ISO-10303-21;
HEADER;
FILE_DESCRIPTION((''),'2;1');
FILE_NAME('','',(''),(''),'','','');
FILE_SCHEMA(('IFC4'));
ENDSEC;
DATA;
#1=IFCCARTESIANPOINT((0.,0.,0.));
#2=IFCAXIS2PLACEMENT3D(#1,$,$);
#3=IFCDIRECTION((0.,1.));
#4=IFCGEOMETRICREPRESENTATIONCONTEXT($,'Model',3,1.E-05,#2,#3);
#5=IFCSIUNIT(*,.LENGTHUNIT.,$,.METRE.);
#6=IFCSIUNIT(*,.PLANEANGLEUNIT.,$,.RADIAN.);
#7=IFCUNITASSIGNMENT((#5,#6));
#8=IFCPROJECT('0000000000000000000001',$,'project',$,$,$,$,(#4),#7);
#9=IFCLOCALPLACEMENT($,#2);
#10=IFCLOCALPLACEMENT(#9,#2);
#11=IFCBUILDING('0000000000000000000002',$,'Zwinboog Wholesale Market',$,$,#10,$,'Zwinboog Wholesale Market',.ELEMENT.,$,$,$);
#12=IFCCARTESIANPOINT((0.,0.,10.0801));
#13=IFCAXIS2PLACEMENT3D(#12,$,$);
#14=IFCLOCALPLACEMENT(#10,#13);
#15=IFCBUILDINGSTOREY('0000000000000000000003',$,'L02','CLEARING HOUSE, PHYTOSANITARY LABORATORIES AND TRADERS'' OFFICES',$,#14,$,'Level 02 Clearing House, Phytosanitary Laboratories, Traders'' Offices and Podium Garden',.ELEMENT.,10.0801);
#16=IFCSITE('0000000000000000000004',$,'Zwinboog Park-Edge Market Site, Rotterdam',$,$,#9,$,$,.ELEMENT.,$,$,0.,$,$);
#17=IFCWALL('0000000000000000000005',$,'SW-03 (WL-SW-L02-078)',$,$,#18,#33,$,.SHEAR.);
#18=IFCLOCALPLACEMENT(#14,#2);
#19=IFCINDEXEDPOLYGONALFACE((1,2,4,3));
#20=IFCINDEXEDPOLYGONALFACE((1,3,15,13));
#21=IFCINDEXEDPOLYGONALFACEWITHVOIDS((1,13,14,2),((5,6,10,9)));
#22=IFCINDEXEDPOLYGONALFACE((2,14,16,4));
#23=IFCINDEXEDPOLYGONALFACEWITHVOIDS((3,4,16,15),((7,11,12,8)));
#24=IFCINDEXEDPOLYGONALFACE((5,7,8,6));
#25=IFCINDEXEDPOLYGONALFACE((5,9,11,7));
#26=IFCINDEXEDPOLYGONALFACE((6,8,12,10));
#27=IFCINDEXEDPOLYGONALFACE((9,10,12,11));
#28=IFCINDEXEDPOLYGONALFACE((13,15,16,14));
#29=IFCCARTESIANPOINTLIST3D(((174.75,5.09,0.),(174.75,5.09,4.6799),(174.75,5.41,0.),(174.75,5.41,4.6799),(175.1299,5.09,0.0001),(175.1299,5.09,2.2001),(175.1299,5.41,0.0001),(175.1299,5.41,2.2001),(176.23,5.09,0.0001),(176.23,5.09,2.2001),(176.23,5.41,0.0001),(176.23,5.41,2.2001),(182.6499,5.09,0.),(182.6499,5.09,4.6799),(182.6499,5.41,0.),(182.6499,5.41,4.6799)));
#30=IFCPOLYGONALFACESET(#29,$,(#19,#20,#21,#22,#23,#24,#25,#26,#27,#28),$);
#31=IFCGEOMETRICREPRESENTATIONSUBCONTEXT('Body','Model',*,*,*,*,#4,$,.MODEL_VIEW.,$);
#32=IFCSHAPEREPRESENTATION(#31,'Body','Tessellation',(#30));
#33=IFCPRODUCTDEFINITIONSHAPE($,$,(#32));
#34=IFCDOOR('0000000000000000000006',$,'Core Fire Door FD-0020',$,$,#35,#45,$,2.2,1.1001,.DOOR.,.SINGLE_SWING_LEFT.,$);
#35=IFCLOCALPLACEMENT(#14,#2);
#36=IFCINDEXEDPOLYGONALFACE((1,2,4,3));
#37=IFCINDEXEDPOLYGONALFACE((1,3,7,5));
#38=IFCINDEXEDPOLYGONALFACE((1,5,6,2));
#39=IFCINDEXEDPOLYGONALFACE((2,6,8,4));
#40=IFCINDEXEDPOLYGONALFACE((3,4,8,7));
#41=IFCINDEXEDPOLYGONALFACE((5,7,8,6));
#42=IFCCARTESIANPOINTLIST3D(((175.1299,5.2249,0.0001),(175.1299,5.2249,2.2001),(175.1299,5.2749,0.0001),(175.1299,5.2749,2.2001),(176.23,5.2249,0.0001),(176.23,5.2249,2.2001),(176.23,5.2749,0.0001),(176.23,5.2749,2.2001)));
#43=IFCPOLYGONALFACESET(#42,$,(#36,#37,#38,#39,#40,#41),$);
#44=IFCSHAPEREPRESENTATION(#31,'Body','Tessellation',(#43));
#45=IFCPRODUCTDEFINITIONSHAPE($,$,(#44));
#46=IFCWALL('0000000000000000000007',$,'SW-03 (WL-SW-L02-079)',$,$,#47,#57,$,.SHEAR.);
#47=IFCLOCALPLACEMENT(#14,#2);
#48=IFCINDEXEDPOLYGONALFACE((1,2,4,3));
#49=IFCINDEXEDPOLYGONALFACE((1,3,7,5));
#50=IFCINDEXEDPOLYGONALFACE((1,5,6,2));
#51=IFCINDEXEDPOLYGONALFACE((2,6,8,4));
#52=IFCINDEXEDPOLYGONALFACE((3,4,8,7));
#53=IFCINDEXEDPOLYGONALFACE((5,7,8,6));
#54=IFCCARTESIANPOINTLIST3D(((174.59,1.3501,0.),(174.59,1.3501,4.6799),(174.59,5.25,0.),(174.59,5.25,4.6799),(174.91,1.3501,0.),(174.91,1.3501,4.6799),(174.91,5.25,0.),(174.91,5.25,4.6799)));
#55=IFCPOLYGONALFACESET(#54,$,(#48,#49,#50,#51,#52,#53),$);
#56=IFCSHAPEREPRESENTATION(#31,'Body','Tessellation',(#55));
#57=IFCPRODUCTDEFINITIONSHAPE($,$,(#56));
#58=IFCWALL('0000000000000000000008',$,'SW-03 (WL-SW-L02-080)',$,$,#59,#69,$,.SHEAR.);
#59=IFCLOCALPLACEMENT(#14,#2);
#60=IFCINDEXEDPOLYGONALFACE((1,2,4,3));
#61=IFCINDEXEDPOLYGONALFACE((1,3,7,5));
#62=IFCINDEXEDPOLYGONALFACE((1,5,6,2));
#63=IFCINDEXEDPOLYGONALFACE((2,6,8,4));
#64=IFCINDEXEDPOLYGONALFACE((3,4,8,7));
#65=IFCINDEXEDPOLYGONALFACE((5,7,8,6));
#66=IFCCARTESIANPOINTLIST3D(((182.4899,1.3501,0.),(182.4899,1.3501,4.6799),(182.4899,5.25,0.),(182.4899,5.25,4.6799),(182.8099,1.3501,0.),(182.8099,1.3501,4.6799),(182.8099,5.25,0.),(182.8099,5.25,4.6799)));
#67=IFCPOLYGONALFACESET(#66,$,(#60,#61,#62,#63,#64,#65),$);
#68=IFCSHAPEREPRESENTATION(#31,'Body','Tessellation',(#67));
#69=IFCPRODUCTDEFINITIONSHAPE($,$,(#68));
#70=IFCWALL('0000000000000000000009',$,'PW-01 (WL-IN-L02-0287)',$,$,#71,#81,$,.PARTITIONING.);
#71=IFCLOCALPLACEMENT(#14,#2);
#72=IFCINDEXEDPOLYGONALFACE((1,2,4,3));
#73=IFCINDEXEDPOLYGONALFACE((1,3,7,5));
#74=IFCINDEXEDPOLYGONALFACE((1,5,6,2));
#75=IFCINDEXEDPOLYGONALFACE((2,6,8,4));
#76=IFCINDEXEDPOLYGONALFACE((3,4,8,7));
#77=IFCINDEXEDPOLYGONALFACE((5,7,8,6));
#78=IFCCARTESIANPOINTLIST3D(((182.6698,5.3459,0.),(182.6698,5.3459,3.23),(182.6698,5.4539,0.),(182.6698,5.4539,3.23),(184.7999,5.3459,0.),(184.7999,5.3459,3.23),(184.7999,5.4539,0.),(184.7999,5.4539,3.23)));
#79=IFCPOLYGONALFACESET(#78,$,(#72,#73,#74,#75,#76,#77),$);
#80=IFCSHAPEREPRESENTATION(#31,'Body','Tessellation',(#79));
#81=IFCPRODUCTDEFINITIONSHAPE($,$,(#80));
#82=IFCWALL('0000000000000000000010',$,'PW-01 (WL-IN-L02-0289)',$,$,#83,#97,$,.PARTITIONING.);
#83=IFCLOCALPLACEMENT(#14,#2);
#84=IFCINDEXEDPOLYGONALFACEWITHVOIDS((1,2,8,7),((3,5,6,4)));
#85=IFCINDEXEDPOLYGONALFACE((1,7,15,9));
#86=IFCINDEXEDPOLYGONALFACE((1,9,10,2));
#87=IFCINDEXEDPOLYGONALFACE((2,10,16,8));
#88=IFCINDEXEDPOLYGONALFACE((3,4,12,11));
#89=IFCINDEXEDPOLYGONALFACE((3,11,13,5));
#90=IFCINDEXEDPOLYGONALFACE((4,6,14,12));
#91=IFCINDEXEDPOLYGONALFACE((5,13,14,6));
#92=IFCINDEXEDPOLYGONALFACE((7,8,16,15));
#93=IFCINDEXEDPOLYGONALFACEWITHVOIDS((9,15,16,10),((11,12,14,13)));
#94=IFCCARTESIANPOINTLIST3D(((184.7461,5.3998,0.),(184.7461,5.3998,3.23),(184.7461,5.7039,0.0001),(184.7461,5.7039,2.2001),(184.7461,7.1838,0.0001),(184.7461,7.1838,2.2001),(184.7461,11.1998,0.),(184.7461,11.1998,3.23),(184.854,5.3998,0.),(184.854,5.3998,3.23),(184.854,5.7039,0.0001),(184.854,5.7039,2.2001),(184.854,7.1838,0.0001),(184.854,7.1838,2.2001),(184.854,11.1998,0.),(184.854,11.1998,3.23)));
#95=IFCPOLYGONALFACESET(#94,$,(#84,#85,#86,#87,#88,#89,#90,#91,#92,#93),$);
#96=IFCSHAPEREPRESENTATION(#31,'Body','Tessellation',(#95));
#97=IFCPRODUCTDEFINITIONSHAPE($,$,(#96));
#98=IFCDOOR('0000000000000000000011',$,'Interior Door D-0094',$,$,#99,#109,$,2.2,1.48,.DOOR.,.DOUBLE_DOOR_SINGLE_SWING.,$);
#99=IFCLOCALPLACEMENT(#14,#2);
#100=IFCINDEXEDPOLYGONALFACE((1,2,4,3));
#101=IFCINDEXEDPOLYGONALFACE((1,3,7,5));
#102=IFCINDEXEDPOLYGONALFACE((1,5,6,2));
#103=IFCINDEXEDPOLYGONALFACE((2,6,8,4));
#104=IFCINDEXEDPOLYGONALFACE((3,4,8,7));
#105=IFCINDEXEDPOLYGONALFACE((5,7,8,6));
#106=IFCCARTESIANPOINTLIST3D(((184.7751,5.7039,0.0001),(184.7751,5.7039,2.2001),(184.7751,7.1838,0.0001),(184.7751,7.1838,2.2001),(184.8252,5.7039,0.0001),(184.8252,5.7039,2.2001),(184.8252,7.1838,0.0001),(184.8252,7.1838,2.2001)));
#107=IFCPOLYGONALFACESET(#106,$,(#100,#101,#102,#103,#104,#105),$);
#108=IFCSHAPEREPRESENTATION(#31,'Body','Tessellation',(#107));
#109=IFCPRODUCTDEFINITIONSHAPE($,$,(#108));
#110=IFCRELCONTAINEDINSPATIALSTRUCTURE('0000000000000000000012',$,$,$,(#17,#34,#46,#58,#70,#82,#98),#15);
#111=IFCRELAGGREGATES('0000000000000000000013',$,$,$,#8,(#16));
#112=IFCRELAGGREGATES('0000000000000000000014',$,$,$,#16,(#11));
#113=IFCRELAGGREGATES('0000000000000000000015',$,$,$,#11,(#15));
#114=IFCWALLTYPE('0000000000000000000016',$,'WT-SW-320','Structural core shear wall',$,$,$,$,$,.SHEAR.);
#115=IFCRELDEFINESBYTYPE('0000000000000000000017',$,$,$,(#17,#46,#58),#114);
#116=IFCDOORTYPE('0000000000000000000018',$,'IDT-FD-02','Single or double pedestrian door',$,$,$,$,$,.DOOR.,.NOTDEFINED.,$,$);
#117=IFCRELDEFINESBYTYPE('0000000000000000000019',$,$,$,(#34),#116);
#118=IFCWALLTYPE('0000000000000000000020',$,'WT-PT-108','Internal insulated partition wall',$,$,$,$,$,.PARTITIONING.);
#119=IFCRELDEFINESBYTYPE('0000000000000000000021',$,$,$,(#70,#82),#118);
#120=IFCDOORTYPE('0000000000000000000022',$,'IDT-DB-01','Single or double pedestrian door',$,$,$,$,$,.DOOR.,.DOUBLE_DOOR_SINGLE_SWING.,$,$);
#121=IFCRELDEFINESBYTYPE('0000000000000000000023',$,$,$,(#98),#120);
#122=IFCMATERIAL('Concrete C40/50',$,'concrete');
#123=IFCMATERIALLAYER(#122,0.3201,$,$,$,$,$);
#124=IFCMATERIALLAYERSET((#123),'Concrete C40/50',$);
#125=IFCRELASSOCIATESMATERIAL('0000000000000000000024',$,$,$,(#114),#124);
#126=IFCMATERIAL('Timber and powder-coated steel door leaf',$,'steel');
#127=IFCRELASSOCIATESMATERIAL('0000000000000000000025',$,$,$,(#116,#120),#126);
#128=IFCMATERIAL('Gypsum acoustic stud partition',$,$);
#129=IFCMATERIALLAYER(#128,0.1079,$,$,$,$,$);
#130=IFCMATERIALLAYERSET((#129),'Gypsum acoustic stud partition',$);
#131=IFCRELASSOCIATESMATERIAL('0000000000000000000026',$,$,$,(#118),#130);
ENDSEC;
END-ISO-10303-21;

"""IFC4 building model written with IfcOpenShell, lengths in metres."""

from ifc_helpers import new_model, si_unit, direction, frame, frame_2d, origin, place, context, subcontext, project, spatial, rectangle, extrude, material, layer, layer_set, type_object, element, fill, save


model = new_model("IFC4")

# Units and contexts
model_context = context("Model", 3, precision=1e-05, world=origin(), true_north=direction((0.0, 1.0)))
body_context = subcontext(model_context, "Body", "Model", "MODEL_VIEW")
ifc_project = project(units=[si_unit("LENGTHUNIT", "METRE"), si_unit("PLANEANGLEUNIT", "RADIAN")], contexts=[model_context])

# Site, building, storey
site_placement = place(None, origin())
site = spatial("IfcSite", under=ifc_project, at=site_placement, Name="Zwinboog Park-Edge Market Site, Rotterdam", CompositionType="ELEMENT", RefElevation=0.0)
building_placement = place(site_placement, origin())
building = spatial("IfcBuilding", under=site, at=building_placement, Name="Zwinboog Wholesale Market", LongName="Zwinboog Wholesale Market", CompositionType="ELEMENT")
storey_placement = place(building_placement, frame((0.0, 0.0, 10.0801)))
storey = spatial("IfcBuildingStorey", under=building, at=storey_placement, Name="L02", Description="CLEARING HOUSE, PHYTOSANITARY LABORATORIES AND TRADERS' OFFICES", LongName="Level 02 Clearing House, Phytosanitary Laboratories, Traders' Offices and Podium Garden", CompositionType="ELEMENT", Elevation=10.0801)

# Shared definitions
ifc_material_1 = material(Name="Concrete C40/50", Category="concrete")
ifc_layer_1 = layer(ifc_material_1, 0.3201)
ifc_layer_set_1 = layer_set([ifc_layer_1], Name="Concrete C40/50")
wall_type_1 = type_object("IfcWallType", Name="WT-SW-320", Description="Structural core shear wall", PredefinedType="SHEAR", material=ifc_layer_set_1)

# Wall, opening, door
wall_1_placement = place(storey_placement, frame((174.75, 5.25, 0.0), z_axis=(0.0, 0.0, 1.0), x_axis=(1.0, 0.0, 0.0)))
wall_1 = element("IfcWall", 1, at=wall_1_placement, inside=storey, type_object=wall_type_1, Name="SW-03 (WL-SW-L02-078)", PredefinedType="SHEAR", context=body_context, shape_type="SweptSolid", body=[
    extrude(rectangle(XDim=7.8999, YDim=0.3201, at=frame_2d((3.95, 0.0))), origin(), (0.0, 0.0, 1.0), 4.6799),
])
opening_1_placement = place(wall_1_placement, frame((0.3799, 0.0, 0.0)))
opening_1 = element("IfcOpeningElement", 2, at=opening_1_placement, cuts=wall_1, PredefinedType="OPENING", context=body_context, shape_type="SweptSolid", body=[
    extrude(rectangle(XDim=1.1001, YDim=2.2, at=frame_2d((0.55, 1.1001))), frame((0.0, 0.1699, 0.0), z_axis=(0.0, -1.0, 0.0), x_axis=(1.0, 0.0, 0.0)), (0.0, 0.0, 1.0), 0.3401),
])
ifc_material_2 = material(Name="Timber and powder-coated steel door leaf", Category="steel")
door_type_1 = type_object("IfcDoorType", Name="IDT-FD-02", Description="Single or double pedestrian door", OperationType="NOTDEFINED", PredefinedType="DOOR", material=ifc_material_2)
door_1_placement = place(opening_1_placement, origin())
door_1 = element("IfcDoor", 3, at=door_1_placement, inside=storey, type_object=door_type_1, Name="Core Fire Door FD-0020", OperationType="SINGLE_SWING_LEFT", OverallHeight=2.2, OverallWidth=1.1001, PredefinedType="DOOR", context=body_context, shape_type="SweptSolid", body=[
    extrude(rectangle(XDim=1.1001, YDim=2.2, at=frame_2d((0.55, 1.1001))), frame((0.0, 0.0249, 0.0), z_axis=(0.0, -1.0, 0.0), x_axis=(1.0, 0.0, 0.0)), (0.0, 0.0, 1.0), 0.05),
])
fill(opening_1, door_1)

# Walls
for number, where, z_axis, x_axis, name in (
    (4, (174.75, 1.3501, 0.0), (0.0, 0.0, 1.0), (0.0, 1.0, 0.0), "SW-03 (WL-SW-L02-079)"),
    (5, (182.6499, 1.3501, 0.0), (0.0, 0.0, 1.0), (0.0, 1.0, 0.0), "SW-03 (WL-SW-L02-080)"),
):
    element("IfcWall", number, at=place(storey_placement, frame(where, z_axis=z_axis, x_axis=x_axis)), inside=storey, type_object=wall_type_1, Name=name, PredefinedType="SHEAR", context=body_context, shape_type="SweptSolid", body=[
        extrude(rectangle(XDim=3.8999, YDim=0.3201, at=frame_2d((1.95, 0.0))), origin(), (0.0, 0.0, 1.0), 4.6799),
    ])
ifc_material_3 = material(Name="Gypsum acoustic stud partition")
ifc_layer_2 = layer(ifc_material_3, 0.1079)
ifc_layer_set_2 = layer_set([ifc_layer_2], Name="Gypsum acoustic stud partition")
wall_type_2 = type_object("IfcWallType", Name="WT-PT-108", Description="Internal insulated partition wall", PredefinedType="PARTITIONING", material=ifc_layer_set_2)
wall_2_placement = place(storey_placement, frame((182.6699, 5.3999, 0.0), z_axis=(0.0, 0.0, 1.0), x_axis=(1.0, 0.0, 0.0)))
element("IfcWall", 6, at=wall_2_placement, inside=storey, type_object=wall_type_2, Name="PW-01 (WL-IN-L02-0287)", PredefinedType="PARTITIONING", context=body_context, shape_type="SweptSolid", body=[
    extrude(rectangle(XDim=2.1301, YDim=0.1079, at=frame_2d((1.0649, 0.0))), origin(), (0.0, 0.0, 1.0), 3.23),
])

# Wall, opening, door
wall_3_placement = place(storey_placement, frame((184.8, 5.3999, 0.0), z_axis=(0.0, 0.0, 1.0), x_axis=(0.0, 1.0, 0.0)))
wall_3 = element("IfcWall", 7, at=wall_3_placement, inside=storey, type_object=wall_type_2, Name="PW-01 (WL-IN-L02-0289)", PredefinedType="PARTITIONING", context=body_context, shape_type="SweptSolid", body=[
    extrude(rectangle(XDim=5.8, YDim=0.1079, at=frame_2d((2.8999, 0.0))), origin(), (0.0, 0.0, 1.0), 3.23),
])
opening_2_placement = place(wall_3_placement, frame((0.304, 0.0, 0.0)))
opening_2 = element("IfcOpeningElement", 8, at=opening_2_placement, cuts=wall_3, PredefinedType="OPENING", context=body_context, shape_type="SweptSolid", body=[
    extrude(rectangle(XDim=1.48, YDim=2.2, at=frame_2d((0.74, 1.1001))), frame((0.0, 0.064, 0.0), z_axis=(0.0, -1.0, 0.0), x_axis=(1.0, 0.0, 0.0)), (0.0, 0.0, 1.0), 0.1279),
])
door_type_2 = type_object("IfcDoorType", Name="IDT-DB-01", Description="Single or double pedestrian door", OperationType="DOUBLE_DOOR_SINGLE_SWING", PredefinedType="DOOR", material=ifc_material_2)
door_2_placement = place(opening_2_placement, origin())
door_2 = element("IfcDoor", 9, at=door_2_placement, inside=storey, type_object=door_type_2, Name="Interior Door D-0094", OperationType="DOUBLE_DOOR_SINGLE_SWING", OverallHeight=2.2, OverallWidth=1.48, PredefinedType="DOOR", context=body_context, shape_type="SweptSolid", body=[
    extrude(rectangle(XDim=1.48, YDim=2.2, at=frame_2d((0.74, 1.1001))), frame((0.0, 0.0249, 0.0), z_axis=(0.0, -1.0, 0.0), x_axis=(1.0, 0.0, 0.0)), (0.0, 0.0, 1.0), 0.05),
])
fill(opening_2, door_2)

save(model, "model.ifc")
